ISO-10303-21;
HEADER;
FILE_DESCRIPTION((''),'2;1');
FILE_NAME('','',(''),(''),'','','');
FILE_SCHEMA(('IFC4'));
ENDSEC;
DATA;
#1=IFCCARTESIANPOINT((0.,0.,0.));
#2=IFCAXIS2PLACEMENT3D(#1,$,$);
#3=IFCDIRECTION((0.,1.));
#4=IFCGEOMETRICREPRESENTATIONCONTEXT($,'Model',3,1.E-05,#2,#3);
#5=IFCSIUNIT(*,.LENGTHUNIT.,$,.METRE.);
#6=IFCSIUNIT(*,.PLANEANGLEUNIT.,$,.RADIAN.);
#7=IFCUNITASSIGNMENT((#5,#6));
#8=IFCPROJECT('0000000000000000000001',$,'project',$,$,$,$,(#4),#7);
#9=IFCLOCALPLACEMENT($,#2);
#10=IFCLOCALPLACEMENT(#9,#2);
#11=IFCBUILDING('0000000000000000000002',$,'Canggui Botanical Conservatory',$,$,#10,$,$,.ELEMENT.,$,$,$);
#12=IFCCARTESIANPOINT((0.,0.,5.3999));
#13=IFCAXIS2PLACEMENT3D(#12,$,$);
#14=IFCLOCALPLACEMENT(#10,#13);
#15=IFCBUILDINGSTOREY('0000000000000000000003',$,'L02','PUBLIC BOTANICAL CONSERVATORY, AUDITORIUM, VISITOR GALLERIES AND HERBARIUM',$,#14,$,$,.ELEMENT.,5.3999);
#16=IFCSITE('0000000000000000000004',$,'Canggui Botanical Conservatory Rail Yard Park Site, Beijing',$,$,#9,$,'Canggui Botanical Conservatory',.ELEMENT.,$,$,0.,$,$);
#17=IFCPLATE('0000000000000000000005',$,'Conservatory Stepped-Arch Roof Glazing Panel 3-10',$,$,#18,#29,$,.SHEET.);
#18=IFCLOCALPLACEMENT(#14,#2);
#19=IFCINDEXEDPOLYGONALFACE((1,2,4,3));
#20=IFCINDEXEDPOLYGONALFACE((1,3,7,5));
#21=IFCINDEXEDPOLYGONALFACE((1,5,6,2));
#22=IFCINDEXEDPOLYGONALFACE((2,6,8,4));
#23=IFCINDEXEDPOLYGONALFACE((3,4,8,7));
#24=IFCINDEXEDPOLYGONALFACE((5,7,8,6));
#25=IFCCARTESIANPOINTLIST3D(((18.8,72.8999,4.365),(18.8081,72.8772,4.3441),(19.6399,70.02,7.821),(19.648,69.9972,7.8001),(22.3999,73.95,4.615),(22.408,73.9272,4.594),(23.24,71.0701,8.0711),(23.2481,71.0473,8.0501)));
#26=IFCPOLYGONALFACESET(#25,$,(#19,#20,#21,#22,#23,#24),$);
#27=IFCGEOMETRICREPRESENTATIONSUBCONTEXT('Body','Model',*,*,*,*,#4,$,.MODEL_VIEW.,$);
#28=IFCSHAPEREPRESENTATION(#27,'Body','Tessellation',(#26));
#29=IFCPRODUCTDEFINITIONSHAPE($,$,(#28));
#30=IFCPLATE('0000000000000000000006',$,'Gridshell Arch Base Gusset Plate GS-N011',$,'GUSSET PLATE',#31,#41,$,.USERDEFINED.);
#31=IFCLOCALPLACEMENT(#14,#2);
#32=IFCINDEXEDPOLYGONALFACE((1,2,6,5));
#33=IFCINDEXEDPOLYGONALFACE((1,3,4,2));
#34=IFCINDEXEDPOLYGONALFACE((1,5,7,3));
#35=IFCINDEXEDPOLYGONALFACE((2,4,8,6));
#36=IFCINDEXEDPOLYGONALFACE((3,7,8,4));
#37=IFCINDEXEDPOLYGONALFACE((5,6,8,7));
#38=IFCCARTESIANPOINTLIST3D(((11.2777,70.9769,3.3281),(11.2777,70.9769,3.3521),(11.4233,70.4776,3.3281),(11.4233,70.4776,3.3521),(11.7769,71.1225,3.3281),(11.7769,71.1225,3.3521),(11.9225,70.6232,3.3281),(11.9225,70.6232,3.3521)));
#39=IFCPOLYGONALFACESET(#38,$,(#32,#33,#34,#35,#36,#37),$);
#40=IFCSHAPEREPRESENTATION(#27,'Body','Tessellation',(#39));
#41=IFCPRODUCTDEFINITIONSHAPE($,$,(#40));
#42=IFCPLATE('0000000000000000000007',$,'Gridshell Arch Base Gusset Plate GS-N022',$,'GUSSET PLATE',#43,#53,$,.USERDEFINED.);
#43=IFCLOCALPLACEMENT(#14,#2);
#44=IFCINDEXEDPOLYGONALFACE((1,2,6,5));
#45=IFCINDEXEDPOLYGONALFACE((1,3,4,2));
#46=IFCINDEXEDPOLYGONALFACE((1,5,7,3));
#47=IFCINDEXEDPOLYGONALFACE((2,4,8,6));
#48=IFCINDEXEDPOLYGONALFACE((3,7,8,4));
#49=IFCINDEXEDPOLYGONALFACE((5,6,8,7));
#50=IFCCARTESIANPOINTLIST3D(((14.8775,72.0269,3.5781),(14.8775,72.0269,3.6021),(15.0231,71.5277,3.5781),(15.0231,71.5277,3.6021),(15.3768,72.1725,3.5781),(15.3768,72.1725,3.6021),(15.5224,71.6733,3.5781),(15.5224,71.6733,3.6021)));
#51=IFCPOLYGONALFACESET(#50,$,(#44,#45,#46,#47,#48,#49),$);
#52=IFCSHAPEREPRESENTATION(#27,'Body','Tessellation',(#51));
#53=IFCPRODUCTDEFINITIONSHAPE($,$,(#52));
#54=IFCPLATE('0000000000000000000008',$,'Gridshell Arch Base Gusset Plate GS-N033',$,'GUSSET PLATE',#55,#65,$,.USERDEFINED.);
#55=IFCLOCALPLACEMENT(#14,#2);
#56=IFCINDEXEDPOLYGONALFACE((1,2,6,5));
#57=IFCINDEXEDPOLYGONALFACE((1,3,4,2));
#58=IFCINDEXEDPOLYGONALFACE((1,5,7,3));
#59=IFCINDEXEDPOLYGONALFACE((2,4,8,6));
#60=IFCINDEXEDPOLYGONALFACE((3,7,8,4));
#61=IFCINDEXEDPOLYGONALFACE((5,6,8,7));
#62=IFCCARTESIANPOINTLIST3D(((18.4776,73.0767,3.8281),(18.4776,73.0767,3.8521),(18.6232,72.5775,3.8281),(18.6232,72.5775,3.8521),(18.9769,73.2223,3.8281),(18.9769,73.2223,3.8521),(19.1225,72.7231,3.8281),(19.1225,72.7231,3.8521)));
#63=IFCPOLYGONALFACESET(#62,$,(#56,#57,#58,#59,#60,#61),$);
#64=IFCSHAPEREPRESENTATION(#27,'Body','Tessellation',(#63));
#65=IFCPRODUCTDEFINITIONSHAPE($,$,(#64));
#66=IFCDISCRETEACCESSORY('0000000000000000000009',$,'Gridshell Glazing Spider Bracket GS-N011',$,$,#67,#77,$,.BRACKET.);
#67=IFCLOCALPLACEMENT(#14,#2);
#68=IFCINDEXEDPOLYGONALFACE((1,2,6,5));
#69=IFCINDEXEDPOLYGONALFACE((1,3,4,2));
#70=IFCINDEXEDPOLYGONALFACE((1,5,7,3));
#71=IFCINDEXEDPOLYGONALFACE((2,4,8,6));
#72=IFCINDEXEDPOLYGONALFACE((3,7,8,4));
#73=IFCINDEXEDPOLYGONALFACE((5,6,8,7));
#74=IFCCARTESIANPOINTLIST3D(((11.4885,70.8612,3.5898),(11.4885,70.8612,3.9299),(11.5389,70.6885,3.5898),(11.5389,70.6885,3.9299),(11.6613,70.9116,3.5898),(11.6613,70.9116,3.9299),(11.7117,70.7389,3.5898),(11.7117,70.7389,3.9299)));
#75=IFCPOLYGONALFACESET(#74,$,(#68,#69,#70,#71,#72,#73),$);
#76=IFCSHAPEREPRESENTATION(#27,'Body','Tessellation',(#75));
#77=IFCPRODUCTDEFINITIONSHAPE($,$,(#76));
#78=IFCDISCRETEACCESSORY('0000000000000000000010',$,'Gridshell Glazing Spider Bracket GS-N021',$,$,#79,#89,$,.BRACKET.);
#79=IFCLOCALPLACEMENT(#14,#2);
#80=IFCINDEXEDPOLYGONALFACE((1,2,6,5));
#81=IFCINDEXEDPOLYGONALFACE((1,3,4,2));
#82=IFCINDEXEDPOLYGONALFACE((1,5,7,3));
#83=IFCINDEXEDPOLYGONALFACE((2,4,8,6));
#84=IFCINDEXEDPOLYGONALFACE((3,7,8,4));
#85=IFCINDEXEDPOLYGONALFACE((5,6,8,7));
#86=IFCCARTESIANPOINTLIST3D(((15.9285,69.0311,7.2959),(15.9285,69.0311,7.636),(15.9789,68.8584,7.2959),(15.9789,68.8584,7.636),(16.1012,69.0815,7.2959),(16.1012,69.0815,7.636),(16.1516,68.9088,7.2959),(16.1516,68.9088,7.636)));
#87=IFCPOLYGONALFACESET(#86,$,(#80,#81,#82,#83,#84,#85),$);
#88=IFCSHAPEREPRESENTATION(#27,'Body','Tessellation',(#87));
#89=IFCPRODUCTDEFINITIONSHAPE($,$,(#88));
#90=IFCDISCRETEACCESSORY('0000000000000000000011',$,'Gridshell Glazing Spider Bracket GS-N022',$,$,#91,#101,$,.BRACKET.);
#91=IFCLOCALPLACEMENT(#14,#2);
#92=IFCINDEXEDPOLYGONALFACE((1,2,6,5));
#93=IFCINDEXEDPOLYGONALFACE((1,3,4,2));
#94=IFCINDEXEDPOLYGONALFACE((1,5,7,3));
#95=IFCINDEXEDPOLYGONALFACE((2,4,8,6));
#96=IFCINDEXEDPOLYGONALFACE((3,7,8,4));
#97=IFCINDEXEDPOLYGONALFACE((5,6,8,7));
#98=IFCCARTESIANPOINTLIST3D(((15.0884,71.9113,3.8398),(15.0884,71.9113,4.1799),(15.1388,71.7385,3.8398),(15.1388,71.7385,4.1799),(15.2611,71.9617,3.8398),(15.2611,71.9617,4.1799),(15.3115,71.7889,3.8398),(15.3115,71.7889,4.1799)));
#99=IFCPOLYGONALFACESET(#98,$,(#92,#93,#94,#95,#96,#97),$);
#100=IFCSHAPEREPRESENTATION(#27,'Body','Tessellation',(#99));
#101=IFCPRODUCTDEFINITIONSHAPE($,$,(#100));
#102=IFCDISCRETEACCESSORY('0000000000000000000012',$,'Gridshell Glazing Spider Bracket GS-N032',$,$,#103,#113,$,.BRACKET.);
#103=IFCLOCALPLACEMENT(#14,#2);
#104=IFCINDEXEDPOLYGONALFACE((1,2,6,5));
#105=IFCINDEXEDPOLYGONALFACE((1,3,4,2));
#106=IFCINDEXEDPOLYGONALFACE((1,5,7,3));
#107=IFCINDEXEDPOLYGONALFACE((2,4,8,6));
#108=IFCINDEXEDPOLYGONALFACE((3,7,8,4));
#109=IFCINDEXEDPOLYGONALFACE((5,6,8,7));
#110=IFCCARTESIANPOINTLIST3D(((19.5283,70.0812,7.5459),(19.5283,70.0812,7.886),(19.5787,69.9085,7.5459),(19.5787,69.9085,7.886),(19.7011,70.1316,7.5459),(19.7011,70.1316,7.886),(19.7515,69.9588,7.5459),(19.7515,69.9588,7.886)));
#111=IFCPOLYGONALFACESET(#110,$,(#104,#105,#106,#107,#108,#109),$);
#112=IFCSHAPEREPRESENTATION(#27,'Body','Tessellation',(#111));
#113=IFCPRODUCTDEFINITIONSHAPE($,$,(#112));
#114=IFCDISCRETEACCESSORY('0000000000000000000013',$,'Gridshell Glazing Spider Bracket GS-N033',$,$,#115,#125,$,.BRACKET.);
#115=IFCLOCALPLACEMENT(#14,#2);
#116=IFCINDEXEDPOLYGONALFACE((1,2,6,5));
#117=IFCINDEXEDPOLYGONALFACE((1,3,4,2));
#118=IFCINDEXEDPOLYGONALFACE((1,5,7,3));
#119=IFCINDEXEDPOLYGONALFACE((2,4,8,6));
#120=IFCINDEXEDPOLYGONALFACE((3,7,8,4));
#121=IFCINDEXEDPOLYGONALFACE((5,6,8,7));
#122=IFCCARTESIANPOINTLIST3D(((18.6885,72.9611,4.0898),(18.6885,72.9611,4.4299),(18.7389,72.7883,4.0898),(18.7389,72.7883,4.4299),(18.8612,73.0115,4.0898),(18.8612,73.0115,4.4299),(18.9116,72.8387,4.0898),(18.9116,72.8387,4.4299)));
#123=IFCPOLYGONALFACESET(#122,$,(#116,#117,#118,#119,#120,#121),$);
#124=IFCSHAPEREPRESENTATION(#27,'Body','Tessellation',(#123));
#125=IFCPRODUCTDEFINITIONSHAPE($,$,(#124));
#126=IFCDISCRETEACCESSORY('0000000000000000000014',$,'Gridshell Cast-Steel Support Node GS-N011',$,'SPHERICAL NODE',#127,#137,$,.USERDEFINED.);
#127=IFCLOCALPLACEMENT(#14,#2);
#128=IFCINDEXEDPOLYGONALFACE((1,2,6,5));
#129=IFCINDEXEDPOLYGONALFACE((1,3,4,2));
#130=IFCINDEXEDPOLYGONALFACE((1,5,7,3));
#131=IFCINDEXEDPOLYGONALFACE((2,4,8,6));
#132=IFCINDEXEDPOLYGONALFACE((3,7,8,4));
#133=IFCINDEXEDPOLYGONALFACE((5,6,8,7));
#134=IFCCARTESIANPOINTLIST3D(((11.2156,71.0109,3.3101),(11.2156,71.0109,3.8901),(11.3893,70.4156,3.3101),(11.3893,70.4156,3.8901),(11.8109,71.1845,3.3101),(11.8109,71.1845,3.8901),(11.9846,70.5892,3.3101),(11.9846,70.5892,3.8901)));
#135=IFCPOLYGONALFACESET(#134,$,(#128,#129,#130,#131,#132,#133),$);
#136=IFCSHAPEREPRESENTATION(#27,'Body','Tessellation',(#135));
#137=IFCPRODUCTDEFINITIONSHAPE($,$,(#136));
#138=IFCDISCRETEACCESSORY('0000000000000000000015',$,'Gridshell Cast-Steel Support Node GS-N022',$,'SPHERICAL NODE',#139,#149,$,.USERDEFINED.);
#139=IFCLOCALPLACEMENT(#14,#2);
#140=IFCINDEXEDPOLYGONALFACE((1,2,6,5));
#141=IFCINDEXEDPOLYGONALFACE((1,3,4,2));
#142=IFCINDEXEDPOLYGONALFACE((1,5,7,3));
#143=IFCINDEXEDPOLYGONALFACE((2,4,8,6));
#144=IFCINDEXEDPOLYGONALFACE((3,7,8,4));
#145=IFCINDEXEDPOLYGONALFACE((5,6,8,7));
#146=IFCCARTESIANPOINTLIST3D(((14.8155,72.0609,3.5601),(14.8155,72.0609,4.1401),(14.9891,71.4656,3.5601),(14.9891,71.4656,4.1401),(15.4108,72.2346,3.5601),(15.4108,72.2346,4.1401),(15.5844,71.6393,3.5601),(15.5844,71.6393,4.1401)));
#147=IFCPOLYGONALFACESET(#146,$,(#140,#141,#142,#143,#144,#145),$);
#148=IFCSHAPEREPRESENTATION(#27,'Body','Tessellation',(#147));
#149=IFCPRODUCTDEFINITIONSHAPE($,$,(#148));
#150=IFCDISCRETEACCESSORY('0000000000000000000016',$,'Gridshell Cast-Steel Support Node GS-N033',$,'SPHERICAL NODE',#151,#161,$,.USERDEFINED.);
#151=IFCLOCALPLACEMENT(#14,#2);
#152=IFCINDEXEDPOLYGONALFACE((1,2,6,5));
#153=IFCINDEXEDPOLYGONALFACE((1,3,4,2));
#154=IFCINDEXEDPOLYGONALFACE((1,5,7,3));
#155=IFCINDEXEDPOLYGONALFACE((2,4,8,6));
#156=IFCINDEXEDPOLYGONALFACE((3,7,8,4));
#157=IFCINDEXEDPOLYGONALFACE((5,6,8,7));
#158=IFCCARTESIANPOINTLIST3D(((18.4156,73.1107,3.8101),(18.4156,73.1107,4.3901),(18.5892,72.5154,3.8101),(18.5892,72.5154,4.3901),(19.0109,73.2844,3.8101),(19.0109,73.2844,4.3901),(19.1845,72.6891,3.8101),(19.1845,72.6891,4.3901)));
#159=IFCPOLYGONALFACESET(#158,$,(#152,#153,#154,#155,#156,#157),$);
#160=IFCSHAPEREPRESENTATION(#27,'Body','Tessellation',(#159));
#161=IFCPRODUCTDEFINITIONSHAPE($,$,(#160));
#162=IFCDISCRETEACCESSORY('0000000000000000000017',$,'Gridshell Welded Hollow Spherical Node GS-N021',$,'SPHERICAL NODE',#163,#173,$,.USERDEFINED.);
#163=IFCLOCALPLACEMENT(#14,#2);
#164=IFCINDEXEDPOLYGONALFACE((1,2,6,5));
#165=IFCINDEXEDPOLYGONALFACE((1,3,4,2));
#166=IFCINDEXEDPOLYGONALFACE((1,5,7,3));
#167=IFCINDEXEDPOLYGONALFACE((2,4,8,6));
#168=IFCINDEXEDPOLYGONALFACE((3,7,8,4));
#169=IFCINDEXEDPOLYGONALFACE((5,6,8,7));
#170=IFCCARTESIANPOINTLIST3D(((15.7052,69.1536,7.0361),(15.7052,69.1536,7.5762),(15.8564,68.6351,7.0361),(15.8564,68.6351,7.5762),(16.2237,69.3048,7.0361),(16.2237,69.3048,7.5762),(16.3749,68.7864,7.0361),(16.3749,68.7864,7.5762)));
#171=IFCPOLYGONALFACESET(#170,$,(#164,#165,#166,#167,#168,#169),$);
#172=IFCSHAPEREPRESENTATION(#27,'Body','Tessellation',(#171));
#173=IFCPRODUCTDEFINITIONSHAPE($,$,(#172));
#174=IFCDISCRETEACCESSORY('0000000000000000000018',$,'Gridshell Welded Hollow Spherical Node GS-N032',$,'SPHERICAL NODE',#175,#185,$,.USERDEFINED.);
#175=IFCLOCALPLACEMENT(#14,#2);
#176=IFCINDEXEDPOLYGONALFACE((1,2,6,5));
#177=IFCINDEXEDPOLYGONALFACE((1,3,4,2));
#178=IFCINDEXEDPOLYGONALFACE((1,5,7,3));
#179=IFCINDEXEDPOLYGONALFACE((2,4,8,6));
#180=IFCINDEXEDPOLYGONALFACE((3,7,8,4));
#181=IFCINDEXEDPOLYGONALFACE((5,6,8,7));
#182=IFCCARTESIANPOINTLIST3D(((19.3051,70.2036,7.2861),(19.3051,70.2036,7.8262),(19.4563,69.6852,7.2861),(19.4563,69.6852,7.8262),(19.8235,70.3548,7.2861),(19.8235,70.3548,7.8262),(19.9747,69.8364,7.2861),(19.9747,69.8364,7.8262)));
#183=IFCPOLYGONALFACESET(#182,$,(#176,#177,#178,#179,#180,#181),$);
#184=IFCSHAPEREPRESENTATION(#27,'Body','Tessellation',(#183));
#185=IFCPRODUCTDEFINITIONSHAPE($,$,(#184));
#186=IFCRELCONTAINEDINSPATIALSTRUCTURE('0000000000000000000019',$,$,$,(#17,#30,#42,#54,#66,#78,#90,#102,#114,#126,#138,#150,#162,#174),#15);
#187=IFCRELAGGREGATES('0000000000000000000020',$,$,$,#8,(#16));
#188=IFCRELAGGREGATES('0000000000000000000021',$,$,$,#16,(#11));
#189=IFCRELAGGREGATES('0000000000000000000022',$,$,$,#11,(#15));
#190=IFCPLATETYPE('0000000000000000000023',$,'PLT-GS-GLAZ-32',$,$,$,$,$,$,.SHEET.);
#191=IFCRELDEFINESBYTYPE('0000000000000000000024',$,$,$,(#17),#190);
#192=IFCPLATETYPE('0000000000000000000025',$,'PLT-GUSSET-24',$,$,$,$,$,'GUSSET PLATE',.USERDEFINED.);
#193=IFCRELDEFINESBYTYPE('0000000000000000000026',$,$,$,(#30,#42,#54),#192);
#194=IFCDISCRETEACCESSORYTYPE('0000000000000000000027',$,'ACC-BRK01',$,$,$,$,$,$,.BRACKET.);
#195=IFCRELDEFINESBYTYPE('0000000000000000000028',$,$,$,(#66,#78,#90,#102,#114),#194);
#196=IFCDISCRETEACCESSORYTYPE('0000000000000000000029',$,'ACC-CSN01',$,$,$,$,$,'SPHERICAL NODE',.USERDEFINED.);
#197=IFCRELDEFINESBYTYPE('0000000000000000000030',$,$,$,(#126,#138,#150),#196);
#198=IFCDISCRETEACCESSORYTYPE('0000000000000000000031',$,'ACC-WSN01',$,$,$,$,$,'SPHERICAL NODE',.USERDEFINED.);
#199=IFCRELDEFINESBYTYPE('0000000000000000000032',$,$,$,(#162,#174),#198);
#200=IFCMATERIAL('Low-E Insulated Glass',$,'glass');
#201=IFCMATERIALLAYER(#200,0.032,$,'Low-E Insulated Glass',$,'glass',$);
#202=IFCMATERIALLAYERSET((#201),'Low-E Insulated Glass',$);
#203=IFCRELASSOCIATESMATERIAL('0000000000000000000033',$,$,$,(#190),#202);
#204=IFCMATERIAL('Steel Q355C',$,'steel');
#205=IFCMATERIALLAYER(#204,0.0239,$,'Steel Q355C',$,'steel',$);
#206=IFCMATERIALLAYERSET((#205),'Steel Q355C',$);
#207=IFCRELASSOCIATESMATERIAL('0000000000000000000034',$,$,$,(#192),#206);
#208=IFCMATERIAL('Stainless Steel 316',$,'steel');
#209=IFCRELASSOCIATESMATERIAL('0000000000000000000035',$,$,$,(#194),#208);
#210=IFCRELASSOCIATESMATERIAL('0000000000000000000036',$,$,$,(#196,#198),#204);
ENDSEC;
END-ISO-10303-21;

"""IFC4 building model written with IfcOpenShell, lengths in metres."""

from ifc_helpers import new_model, si_unit, direction, frame, origin, origin_2d, place, context, subcontext, project, spatial, polyline, rectangle, outline, extrude, material, layer, layer_set, type_object, element, save


model = new_model("IFC4")

# Units and contexts
model_context = context("Model", 3, precision=1e-05, world=origin(), true_north=direction((0.0, 1.0)))
body_context = subcontext(model_context, "Body", "Model", "MODEL_VIEW")
ifc_project = project(units=[si_unit("LENGTHUNIT", "METRE"), si_unit("PLANEANGLEUNIT", "RADIAN")], contexts=[model_context])

# Site, building, storey
site_placement = place(None, origin())
site = spatial("IfcSite", under=ifc_project, at=site_placement, Name="Canggui Botanical Conservatory Rail Yard Park Site, Beijing", LongName="Canggui Botanical Conservatory", CompositionType="ELEMENT", RefElevation=0.0)
building_placement = place(site_placement, origin())
building = spatial("IfcBuilding", under=site, at=building_placement, Name="Canggui Botanical Conservatory", CompositionType="ELEMENT")
storey_placement = place(building_placement, frame((0.0, 0.0, 5.3999)))
storey = spatial("IfcBuildingStorey", under=building, at=storey_placement, Name="L02", Description="PUBLIC BOTANICAL CONSERVATORY, AUDITORIUM, VISITOR GALLERIES AND HERBARIUM", CompositionType="ELEMENT", Elevation=5.3999)

# Shared definitions
ifc_material_1 = material(Name="Steel Q355C", Category="steel")

# Plates
ifc_material_2 = material(Name="Low-E Insulated Glass", Category="glass")
ifc_layer_1 = layer(ifc_material_2, 0.032, Name="Low-E Insulated Glass", Category="glass")
ifc_layer_set_1 = layer_set([ifc_layer_1], Name="Low-E Insulated Glass")
plate_type_1 = type_object("IfcPlateType", Name="PLT-GS-GLAZ-32", PredefinedType="SHEET", material=ifc_layer_set_1)
plate_1_placement = place(storey_placement, frame((19.6399, 70.02, 7.821), z_axis=(-0.253174, 0.712061, 0.654883), x_axis=(0.95787, 0.279391, 0.066522)))
element("IfcPlate", 1, at=plate_1_placement, inside=storey, type_object=plate_type_1, Name="Conservatory Stepped-Arch Roof Glazing Panel 3-10", PredefinedType="SHEET", context=body_context, shape_type="SweptSolid", body=[
    extrude(outline(polyline([(0.0, 0.0), (3.7584, 0.0), (3.5284, 4.5707), (-0.2298, 4.5706), (0.0, 0.0)])), origin(), (0.0, 0.0, -1.0), 0.032),
])
ifc_layer_2 = layer(ifc_material_1, 0.0239, Name="Steel Q355C", Category="steel")
ifc_layer_set_2 = layer_set([ifc_layer_2], Name="Steel Q355C")
plate_type_2 = type_object("IfcPlateType", Name="PLT-GUSSET-24", ElementType="GUSSET PLATE", PredefinedType="USERDEFINED", material=ifc_layer_set_2)
for number, where, z_axis, x_axis, name in (
    (2, (11.6001, 70.8, 3.3281), (0.0, 0.0, 1.0), (0.96, 0.28, 0.0), "Gridshell Arch Base Gusset Plate GS-N011"),
    (3, (15.2, 71.8501, 3.5781), (0.0, 0.0, 1.0), (0.96, 0.28, 0.0), "Gridshell Arch Base Gusset Plate GS-N022"),
    (4, (18.8, 72.8999, 3.8281), (0.0, 0.0, 1.0), (0.96, 0.28, 0.0), "Gridshell Arch Base Gusset Plate GS-N033"),
):
    element("IfcPlate", number, at=place(storey_placement, frame(where, z_axis=z_axis, x_axis=x_axis)), inside=storey, type_object=plate_type_2, Name=name, ObjectType="GUSSET PLATE", PredefinedType="USERDEFINED", context=body_context, shape_type="SweptSolid", body=[
        extrude(rectangle(XDim=0.52, YDim=0.52, at=origin_2d()), origin(), (0.0, 0.0, 1.0), 0.0239),
    ])

# Discrete accessories
ifc_material_3 = material(Name="Stainless Steel 316", Category="steel")
discrete_accessory_type_1 = type_object("IfcDiscreteAccessoryType", Name="ACC-BRK01", PredefinedType="BRACKET", material=ifc_material_3)
for number, where, z_axis, x_axis, name in (
    (5, (11.6001, 70.8, 3.5898), (0.0, 0.0, 1.0), (0.96, 0.28, 0.0), "Gridshell Glazing Spider Bracket GS-N011"),
    (6, (16.04, 68.97, 7.2959), (0.0, 0.0, 1.0), (0.96, 0.28, 0.0), "Gridshell Glazing Spider Bracket GS-N021"),
    (7, (15.2, 71.8501, 3.8398), (0.0, 0.0, 1.0), (0.96, 0.28, 0.0), "Gridshell Glazing Spider Bracket GS-N022"),
    (8, (19.6399, 70.02, 7.5459), (0.0, 0.0, 1.0), (0.96, 0.28, 0.0), "Gridshell Glazing Spider Bracket GS-N032"),
    (9, (18.8, 72.8999, 4.0898), (0.0, 0.0, 1.0), (0.96, 0.28, 0.0), "Gridshell Glazing Spider Bracket GS-N033"),
):
    element("IfcDiscreteAccessory", number, at=place(storey_placement, frame(where, z_axis=z_axis, x_axis=x_axis)), inside=storey, type_object=discrete_accessory_type_1, Name=name, PredefinedType="BRACKET", context=body_context, shape_type="SweptSolid", body=[
        extrude(rectangle(XDim=0.1799, YDim=0.1799, at=origin_2d()), origin(), (0.0, 0.0, 1.0), 0.3401),
    ])
discrete_accessory_type_2 = type_object("IfcDiscreteAccessoryType", Name="ACC-CSN01", ElementType="SPHERICAL NODE", PredefinedType="USERDEFINED", material=ifc_material_1)
for number, where, z_axis, x_axis, name in (
    (10, (11.6001, 70.8, 3.3101), (0.0, 0.0, 1.0), (0.96, 0.28, 0.0), "Gridshell Cast-Steel Support Node GS-N011"),
    (11, (15.2, 71.8501, 3.5601), (0.0, 0.0, 1.0), (0.96, 0.28, 0.0), "Gridshell Cast-Steel Support Node GS-N022"),
    (12, (18.8, 72.8999, 3.8101), (0.0, 0.0, 1.0), (0.96, 0.28, 0.0), "Gridshell Cast-Steel Support Node GS-N033"),
):
    element("IfcDiscreteAccessory", number, at=place(storey_placement, frame(where, z_axis=z_axis, x_axis=x_axis)), inside=storey, type_object=discrete_accessory_type_2, Name=name, ObjectType="SPHERICAL NODE", PredefinedType="USERDEFINED", context=body_context, shape_type="SweptSolid", body=[
        extrude(rectangle(XDim=0.6201, YDim=0.6201, at=origin_2d()), origin(), (0.0, 0.0, 1.0), 0.5801),
    ])
discrete_accessory_type_3 = type_object("IfcDiscreteAccessoryType", Name="ACC-WSN01", ElementType="SPHERICAL NODE", PredefinedType="USERDEFINED", material=ifc_material_1)
for number, where, z_axis, x_axis, name in (
    (13, (16.04, 68.97, 7.0361), (0.0, 0.0, 1.0), (0.96, 0.28, 0.0), "Gridshell Welded Hollow Spherical Node GS-N021"),
    (14, (19.6399, 70.02, 7.2861), (0.0, 0.0, 1.0), (0.96, 0.28, 0.0), "Gridshell Welded Hollow Spherical Node GS-N032"),
):
    element("IfcDiscreteAccessory", number, at=place(storey_placement, frame(where, z_axis=z_axis, x_axis=x_axis)), inside=storey, type_object=discrete_accessory_type_3, Name=name, ObjectType="SPHERICAL NODE", PredefinedType="USERDEFINED", context=body_context, shape_type="SweptSolid", body=[
        extrude(rectangle(XDim=0.54, YDim=0.54, at=origin_2d()), origin(), (0.0, 0.0, 1.0), 0.54),
    ])

save(model, "model.ifc")
